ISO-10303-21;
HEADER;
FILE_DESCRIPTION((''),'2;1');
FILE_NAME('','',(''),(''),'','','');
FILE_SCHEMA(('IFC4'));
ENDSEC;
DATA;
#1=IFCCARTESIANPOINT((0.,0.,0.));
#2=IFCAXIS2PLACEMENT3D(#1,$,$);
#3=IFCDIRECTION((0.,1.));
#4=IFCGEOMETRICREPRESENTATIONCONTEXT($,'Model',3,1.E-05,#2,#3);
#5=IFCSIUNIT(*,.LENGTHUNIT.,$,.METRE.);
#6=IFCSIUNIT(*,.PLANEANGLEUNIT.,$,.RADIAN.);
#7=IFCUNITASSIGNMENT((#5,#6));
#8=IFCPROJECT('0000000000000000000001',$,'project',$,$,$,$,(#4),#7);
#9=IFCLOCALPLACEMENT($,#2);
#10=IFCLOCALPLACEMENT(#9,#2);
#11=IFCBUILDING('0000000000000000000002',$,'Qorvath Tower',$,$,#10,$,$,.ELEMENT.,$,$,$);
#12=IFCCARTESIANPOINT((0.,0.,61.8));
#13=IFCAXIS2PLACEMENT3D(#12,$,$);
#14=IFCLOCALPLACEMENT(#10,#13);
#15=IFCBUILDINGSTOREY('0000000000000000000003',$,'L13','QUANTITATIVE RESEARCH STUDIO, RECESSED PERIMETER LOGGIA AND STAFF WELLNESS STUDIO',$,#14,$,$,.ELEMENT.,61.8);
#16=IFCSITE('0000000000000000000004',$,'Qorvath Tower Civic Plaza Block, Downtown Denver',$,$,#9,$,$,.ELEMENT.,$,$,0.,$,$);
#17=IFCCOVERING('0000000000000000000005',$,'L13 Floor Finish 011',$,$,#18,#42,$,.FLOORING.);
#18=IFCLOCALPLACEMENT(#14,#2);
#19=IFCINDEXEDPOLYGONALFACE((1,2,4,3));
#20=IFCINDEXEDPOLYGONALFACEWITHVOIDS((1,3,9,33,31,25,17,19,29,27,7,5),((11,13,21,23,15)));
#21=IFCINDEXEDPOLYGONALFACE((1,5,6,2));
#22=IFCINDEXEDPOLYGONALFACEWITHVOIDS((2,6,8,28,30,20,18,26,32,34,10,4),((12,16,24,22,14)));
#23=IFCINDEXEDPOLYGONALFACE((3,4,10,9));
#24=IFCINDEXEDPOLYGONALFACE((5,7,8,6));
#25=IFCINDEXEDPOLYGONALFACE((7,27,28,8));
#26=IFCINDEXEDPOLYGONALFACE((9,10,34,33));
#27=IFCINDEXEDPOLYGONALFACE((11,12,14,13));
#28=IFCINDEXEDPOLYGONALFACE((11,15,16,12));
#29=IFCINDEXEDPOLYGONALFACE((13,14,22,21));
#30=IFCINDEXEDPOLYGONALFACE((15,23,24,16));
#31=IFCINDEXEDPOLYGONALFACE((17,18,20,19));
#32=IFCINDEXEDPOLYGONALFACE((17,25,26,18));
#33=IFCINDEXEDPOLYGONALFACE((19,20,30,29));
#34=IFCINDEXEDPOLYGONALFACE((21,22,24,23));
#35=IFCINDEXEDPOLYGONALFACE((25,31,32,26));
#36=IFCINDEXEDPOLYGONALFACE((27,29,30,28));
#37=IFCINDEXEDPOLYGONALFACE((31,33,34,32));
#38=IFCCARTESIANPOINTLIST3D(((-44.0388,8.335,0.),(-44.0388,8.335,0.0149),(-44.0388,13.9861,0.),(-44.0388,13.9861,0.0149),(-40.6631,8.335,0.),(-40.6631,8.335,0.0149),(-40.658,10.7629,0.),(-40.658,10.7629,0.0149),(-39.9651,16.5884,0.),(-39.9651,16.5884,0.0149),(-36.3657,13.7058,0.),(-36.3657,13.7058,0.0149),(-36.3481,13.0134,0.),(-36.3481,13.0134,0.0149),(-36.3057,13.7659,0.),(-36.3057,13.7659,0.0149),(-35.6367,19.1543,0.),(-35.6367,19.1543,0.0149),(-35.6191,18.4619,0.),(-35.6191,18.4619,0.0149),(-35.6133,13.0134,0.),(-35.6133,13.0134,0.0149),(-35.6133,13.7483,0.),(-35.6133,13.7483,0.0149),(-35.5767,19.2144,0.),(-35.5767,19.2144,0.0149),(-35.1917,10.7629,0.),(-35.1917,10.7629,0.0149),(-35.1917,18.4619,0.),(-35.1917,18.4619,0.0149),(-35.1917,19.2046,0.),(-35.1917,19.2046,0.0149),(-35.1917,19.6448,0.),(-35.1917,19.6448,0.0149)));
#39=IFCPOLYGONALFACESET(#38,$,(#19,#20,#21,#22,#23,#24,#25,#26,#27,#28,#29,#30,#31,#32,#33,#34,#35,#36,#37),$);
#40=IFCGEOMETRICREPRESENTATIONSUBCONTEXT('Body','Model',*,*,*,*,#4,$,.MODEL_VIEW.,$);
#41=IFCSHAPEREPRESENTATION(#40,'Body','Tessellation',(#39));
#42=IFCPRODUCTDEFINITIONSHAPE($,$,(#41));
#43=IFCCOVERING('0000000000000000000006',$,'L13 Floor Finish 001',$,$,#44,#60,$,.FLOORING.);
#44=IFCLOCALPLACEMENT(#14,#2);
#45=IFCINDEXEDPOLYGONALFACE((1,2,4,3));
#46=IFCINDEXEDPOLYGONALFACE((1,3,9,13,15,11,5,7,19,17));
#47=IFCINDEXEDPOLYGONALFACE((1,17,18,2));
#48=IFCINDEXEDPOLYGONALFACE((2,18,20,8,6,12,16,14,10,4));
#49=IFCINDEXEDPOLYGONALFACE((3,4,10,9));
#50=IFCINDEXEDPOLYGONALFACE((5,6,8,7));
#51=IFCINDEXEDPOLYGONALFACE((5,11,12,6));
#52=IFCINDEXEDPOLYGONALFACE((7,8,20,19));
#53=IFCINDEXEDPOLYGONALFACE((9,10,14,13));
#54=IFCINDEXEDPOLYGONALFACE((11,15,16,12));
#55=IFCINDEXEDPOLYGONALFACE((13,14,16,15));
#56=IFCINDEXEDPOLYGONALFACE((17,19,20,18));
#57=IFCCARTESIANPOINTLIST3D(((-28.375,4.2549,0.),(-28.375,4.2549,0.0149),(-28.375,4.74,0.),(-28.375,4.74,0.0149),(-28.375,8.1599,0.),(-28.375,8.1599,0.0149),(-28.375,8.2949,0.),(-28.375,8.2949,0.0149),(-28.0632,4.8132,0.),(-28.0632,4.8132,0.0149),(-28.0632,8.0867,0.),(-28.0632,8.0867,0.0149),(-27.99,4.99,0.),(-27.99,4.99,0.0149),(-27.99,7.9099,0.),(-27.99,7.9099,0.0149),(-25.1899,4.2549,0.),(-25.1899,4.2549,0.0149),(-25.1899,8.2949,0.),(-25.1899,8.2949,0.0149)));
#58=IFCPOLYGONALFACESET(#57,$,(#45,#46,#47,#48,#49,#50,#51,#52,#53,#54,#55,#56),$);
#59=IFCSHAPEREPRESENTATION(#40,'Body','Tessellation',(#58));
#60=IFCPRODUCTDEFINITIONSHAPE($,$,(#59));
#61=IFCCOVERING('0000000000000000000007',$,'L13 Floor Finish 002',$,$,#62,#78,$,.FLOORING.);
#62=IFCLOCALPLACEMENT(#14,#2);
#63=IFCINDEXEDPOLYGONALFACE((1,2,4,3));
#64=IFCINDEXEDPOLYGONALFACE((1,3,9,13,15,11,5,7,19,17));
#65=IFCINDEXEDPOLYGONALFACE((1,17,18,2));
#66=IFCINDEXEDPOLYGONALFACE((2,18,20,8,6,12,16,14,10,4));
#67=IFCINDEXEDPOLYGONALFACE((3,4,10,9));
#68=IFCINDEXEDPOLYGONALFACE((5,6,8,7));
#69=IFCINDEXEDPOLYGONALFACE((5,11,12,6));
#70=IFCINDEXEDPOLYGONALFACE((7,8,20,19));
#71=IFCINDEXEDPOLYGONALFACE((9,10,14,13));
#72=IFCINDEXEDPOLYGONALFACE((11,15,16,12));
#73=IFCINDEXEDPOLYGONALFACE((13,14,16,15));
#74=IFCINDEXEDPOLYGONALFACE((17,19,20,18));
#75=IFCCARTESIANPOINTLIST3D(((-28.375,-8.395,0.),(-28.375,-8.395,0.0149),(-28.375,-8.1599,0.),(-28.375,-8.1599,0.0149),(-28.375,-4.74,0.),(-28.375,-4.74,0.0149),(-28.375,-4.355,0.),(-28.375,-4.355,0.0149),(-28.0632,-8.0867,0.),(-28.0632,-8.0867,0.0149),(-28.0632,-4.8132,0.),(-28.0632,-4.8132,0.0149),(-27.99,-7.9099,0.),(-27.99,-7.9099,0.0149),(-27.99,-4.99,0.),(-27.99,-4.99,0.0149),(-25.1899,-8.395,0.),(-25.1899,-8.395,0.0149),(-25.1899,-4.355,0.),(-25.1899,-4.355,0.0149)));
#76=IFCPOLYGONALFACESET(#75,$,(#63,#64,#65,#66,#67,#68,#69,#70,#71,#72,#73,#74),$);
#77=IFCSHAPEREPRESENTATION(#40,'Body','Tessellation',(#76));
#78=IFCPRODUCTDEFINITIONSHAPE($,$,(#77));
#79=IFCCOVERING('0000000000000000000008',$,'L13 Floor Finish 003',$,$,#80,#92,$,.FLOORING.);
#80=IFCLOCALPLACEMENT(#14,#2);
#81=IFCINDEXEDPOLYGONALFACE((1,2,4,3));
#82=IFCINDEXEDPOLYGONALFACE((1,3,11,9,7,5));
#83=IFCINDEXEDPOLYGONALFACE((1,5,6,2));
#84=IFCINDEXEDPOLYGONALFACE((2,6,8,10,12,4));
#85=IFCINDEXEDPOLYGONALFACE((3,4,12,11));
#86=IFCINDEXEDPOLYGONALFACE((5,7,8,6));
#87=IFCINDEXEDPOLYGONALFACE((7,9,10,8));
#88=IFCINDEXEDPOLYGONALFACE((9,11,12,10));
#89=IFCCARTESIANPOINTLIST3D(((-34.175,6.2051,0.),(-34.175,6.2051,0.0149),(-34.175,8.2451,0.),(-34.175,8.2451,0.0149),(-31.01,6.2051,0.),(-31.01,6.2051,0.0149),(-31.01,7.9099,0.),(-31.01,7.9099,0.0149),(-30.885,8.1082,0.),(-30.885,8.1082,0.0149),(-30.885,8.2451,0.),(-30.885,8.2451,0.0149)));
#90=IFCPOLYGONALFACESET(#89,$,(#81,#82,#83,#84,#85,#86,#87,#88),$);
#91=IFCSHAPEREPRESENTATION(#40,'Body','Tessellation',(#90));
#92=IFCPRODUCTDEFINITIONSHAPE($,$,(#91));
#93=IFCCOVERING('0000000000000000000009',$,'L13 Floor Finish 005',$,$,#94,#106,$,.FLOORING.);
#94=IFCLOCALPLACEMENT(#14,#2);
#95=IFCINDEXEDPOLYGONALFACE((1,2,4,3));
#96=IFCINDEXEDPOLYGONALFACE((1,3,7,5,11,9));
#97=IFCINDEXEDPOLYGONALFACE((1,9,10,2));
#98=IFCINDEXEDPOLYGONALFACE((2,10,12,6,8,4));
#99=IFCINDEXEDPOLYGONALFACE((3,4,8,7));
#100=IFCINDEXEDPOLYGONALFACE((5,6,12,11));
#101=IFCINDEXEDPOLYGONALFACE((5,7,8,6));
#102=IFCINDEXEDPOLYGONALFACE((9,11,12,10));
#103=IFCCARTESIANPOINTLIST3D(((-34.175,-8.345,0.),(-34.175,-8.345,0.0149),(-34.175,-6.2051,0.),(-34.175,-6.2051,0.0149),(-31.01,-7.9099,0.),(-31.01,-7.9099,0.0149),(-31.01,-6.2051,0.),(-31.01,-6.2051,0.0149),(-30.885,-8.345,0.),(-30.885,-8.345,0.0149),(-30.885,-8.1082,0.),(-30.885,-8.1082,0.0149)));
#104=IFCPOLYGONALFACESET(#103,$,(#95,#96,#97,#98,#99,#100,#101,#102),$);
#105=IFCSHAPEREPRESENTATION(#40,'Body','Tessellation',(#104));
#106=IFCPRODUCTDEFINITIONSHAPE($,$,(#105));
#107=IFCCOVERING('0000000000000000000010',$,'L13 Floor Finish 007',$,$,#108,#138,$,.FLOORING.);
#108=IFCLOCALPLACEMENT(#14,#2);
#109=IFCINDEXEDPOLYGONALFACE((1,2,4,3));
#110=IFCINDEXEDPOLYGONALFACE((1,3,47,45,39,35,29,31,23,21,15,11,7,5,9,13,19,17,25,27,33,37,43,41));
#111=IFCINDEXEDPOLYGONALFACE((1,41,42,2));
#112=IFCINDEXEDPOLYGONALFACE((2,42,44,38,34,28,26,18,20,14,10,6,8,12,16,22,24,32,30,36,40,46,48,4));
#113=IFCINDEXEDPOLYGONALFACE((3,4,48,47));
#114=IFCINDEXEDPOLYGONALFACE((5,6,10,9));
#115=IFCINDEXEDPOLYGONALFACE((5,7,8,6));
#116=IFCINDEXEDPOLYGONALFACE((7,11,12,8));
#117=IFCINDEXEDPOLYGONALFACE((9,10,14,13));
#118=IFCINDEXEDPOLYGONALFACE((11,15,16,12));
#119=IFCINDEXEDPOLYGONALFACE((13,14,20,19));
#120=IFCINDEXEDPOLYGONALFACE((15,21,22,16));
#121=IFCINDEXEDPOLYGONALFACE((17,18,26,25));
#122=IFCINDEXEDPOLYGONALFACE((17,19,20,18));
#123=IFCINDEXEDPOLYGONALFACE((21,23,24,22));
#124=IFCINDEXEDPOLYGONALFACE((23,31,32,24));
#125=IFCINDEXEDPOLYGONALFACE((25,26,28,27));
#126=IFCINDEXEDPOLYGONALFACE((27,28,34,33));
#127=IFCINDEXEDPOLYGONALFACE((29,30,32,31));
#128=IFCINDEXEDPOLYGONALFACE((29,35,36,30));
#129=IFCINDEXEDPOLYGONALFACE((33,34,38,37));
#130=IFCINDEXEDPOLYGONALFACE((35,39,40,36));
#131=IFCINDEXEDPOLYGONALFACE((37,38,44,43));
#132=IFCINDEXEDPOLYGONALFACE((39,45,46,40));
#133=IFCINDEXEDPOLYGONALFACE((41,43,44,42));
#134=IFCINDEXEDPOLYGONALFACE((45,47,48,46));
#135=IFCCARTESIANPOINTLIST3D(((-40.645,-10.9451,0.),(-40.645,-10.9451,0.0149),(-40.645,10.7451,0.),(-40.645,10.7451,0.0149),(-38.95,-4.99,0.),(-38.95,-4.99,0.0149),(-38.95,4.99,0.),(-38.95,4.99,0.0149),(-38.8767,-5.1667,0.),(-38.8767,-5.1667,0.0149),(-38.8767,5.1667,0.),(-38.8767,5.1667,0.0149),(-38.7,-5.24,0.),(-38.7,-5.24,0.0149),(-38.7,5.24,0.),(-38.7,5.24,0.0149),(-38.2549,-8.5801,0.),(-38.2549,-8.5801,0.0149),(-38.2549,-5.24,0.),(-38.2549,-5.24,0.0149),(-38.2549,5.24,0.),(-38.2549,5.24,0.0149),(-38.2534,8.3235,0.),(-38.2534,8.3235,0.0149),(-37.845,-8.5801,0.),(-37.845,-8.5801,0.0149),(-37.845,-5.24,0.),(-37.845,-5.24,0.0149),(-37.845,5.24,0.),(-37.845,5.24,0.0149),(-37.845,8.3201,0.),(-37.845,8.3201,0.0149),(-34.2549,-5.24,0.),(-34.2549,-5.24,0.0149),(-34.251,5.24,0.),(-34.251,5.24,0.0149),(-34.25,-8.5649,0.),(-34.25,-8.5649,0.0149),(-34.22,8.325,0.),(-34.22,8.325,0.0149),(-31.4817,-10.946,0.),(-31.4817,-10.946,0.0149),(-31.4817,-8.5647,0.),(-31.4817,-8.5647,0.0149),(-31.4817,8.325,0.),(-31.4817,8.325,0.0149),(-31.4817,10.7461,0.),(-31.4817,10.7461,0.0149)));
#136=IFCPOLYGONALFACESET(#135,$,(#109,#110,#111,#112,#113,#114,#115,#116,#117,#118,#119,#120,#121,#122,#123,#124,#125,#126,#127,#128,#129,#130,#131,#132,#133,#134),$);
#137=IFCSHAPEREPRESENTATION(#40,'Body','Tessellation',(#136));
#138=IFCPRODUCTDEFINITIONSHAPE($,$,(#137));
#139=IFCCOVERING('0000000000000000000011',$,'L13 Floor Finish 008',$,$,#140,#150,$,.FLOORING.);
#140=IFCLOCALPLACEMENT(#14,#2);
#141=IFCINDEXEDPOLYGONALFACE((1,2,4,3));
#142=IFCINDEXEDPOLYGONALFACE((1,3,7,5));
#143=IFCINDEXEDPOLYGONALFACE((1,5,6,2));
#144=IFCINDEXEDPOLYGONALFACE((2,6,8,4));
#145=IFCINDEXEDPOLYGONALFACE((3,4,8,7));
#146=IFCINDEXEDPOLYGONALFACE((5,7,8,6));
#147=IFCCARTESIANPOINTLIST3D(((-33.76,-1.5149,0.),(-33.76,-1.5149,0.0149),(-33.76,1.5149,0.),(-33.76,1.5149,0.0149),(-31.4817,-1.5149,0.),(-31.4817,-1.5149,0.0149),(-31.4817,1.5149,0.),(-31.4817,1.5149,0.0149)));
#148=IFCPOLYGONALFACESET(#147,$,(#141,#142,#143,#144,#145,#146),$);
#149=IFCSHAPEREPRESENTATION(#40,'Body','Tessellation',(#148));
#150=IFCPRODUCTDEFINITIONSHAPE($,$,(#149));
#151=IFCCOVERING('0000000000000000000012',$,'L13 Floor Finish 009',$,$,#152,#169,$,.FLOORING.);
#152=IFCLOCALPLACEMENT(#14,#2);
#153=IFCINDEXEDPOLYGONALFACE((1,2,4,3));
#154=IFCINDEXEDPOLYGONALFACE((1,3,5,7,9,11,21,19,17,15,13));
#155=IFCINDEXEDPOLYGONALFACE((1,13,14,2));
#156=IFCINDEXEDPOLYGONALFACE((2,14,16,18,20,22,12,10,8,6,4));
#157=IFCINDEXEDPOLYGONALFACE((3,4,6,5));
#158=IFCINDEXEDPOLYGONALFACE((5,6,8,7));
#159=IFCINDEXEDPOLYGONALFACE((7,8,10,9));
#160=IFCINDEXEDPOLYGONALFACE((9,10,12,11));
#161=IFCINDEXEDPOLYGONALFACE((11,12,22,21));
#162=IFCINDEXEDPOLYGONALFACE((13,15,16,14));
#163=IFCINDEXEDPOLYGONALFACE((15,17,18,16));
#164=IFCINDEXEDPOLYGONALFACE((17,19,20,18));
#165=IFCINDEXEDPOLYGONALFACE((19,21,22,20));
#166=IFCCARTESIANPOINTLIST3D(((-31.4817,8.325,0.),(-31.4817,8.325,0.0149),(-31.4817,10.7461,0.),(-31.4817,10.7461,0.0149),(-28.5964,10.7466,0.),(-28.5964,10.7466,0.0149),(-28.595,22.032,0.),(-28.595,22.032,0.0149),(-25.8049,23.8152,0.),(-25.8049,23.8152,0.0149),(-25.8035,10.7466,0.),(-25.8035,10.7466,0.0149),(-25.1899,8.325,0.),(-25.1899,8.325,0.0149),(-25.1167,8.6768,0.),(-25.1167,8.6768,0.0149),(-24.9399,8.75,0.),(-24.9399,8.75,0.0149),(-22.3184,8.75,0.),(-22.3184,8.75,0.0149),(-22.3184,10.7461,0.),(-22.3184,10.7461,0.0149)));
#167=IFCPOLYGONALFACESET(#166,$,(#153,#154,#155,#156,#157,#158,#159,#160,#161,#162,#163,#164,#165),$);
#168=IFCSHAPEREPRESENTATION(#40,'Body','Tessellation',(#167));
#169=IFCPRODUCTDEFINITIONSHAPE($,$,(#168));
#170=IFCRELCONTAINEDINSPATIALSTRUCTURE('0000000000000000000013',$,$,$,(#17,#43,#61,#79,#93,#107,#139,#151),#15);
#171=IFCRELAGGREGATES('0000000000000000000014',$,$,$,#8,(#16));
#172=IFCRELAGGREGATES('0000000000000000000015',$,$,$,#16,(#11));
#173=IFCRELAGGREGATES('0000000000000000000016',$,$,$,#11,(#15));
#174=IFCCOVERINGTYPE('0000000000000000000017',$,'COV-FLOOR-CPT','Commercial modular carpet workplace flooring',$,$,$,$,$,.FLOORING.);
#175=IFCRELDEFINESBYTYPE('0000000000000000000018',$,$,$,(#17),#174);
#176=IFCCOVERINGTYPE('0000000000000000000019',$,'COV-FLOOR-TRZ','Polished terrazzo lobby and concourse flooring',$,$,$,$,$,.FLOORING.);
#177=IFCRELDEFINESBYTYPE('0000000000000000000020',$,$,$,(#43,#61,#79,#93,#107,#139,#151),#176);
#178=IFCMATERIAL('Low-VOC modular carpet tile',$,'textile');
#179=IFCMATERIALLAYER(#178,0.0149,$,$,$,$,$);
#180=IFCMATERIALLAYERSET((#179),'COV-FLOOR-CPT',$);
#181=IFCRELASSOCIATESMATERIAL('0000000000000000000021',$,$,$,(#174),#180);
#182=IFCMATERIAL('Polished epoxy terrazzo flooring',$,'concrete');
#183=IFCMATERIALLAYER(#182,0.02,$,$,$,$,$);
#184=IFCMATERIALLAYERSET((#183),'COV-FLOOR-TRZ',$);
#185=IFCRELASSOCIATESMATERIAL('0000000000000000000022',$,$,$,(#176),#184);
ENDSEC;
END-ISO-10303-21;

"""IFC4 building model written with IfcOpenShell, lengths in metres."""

from ifc_helpers import new_model, si_unit, direction, frame, origin, place, context, subcontext, project, spatial, polyline, outline, extrude, material, layer, layer_set, type_object, element, save


model = new_model("IFC4")

# Units and contexts
model_context = context("Model", 3, precision=1e-05, world=origin(), true_north=direction((0.0, 1.0)))
body_context = subcontext(model_context, "Body", "Model", "MODEL_VIEW")
ifc_project = project(units=[si_unit("LENGTHUNIT", "METRE"), si_unit("PLANEANGLEUNIT", "RADIAN")], contexts=[model_context])

# Site, building, storey
site_placement = place(None, origin())
site = spatial("IfcSite", under=ifc_project, at=site_placement, Name="Qorvath Tower Civic Plaza Block, Downtown Denver", CompositionType="ELEMENT", RefElevation=0.0)
building_placement = place(site_placement, origin())
building = spatial("IfcBuilding", under=site, at=building_placement, Name="Qorvath Tower", CompositionType="ELEMENT")
storey_placement = place(building_placement, frame((0.0, 0.0, 61.8)))
storey = spatial("IfcBuildingStorey", under=building, at=storey_placement, Name="L13", Description="QUANTITATIVE RESEARCH STUDIO, RECESSED PERIMETER LOGGIA AND STAFF WELLNESS STUDIO", CompositionType="ELEMENT", Elevation=61.8)

# Coverings
ifc_material_1 = material(Name="Low-VOC modular carpet tile", Category="textile")
ifc_layer_1 = layer(ifc_material_1, 0.0149)
ifc_layer_set_1 = layer_set([ifc_layer_1], Name="COV-FLOOR-CPT")
covering_type_1 = type_object("IfcCoveringType", Name="COV-FLOOR-CPT", Description="Commercial modular carpet workplace flooring", PredefinedType="FLOORING", material=ifc_layer_set_1)
covering_1_placement = place(storey_placement, origin())
element("IfcCovering", 1, at=covering_1_placement, inside=storey, type_object=covering_type_1, Name="L13 Floor Finish 011", PredefinedType="FLOORING", context=body_context, shape_type="SweptSolid", body=[
    extrude(outline(polyline([(-44.0388, 13.9861), (-44.0388, 8.335), (-40.6631, 8.335), (-40.658, 10.7629), (-35.1917, 10.7629), (-35.1917, 18.4619), (-35.6191, 18.4619), (-35.6367, 19.1543), (-35.5767, 19.2144), (-35.1917, 19.2046), (-35.1917, 19.6448), (-39.9651, 16.5884), (-44.0388, 13.9861)]), holes=[polyline([(-36.3657, 13.7058), (-36.3057, 13.7659), (-35.6133, 13.7483), (-35.6133, 13.0134), (-36.3481, 13.0134), (-36.3657, 13.7058)])]), origin(), (0.0, 0.0, 1.0), 0.0149),
])
ifc_material_2 = material(Name="Polished epoxy terrazzo flooring", Category="concrete")
ifc_layer_2 = layer(ifc_material_2, 0.02)
ifc_layer_set_2 = layer_set([ifc_layer_2], Name="COV-FLOOR-TRZ")
covering_type_2 = type_object("IfcCoveringType", Name="COV-FLOOR-TRZ", Description="Polished terrazzo lobby and concourse flooring", PredefinedType="FLOORING", material=ifc_layer_set_2)
covering_2_placement = place(storey_placement, origin())
element("IfcCovering", 2, at=covering_2_placement, inside=storey, type_object=covering_type_2, Name="L13 Floor Finish 001", PredefinedType="FLOORING", context=body_context, shape_type="SweptSolid", body=[
    extrude(outline(polyline([(-25.1899, 4.2549), (-25.1899, 8.2949), (-28.375, 8.2949), (-28.375, 8.1599), (-28.0632, 8.0867), (-27.99, 7.9099), (-27.99, 4.99), (-28.0632, 4.8132), (-28.375, 4.74), (-28.375, 4.2549), (-25.1899, 4.2549)])), origin(), (0.0, 0.0, 1.0), 0.0149),
])
covering_3_placement = place(storey_placement, origin())
element("IfcCovering", 3, at=covering_3_placement, inside=storey, type_object=covering_type_2, Name="L13 Floor Finish 002", PredefinedType="FLOORING", context=body_context, shape_type="SweptSolid", body=[
    extrude(outline(polyline([(-25.1899, -8.395), (-25.1899, -4.355), (-28.375, -4.355), (-28.375, -4.74), (-28.0632, -4.8132), (-27.99, -4.99), (-27.99, -7.9099), (-28.0632, -8.0867), (-28.375, -8.1599), (-28.375, -8.395), (-25.1899, -8.395)])), origin(), (0.0, 0.0, 1.0), 0.0149),
])
covering_4_placement = place(storey_placement, origin())
element("IfcCovering", 4, at=covering_4_placement, inside=storey, type_object=covering_type_2, Name="L13 Floor Finish 003", PredefinedType="FLOORING", context=body_context, shape_type="SweptSolid", body=[
    extrude(outline(polyline([(-31.01, 6.2051), (-31.01, 7.9099), (-30.885, 8.1082), (-30.885, 8.2451), (-34.175, 8.2451), (-34.175, 6.2051), (-31.01, 6.2051)])), origin(), (0.0, 0.0, 1.0), 0.0149),
])
covering_5_placement = place(storey_placement, origin())
element("IfcCovering", 5, at=covering_5_placement, inside=storey, type_object=covering_type_2, Name="L13 Floor Finish 005", PredefinedType="FLOORING", context=body_context, shape_type="SweptSolid", body=[
    extrude(outline(polyline([(-30.885, -8.345), (-30.885, -8.1082), (-31.01, -7.9099), (-31.01, -6.2051), (-34.175, -6.2051), (-34.175, -8.345), (-30.885, -8.345)])), origin(), (0.0, 0.0, 1.0), 0.0149),
])
covering_6_placement = place(storey_placement, origin())
element("IfcCovering", 6, at=covering_6_placement, inside=storey, type_object=covering_type_2, Name="L13 Floor Finish 007", PredefinedType="FLOORING", context=body_context, shape_type="SweptSolid", body=[
    extrude(outline(polyline([(-31.4817, -10.946), (-31.4817, -8.5647), (-34.25, -8.5649), (-34.2549, -5.24), (-37.845, -5.24), (-37.845, -8.5801), (-38.2549, -8.5801), (-38.2549, -5.24), (-38.7, -5.24), (-38.8767, -5.1667), (-38.95, -4.99), (-38.95, 4.99), (-38.8767, 5.1667), (-38.7, 5.24), (-38.2549, 5.24), (-38.2534, 8.3235), (-37.845, 8.3201), (-37.845, 5.24), (-34.251, 5.24), (-34.22, 8.325), (-31.4817, 8.325), (-31.4817, 10.7461), (-40.645, 10.7451), (-40.645, -10.9451), (-31.4817, -10.946)])), origin(), (0.0, 0.0, 1.0), 0.0149),
])
covering_7_placement = place(storey_placement, origin())
element("IfcCovering", 7, at=covering_7_placement, inside=storey, type_object=covering_type_2, Name="L13 Floor Finish 008", PredefinedType="FLOORING", context=body_context, shape_type="SweptSolid", body=[
    extrude(outline(polyline([(-31.4817, -1.5149), (-31.4817, 1.5149), (-33.76, 1.5149), (-33.76, -1.5149), (-31.4817, -1.5149)])), origin(), (0.0, 0.0, 1.0), 0.0149),
])
covering_8_placement = place(storey_placement, origin())
element("IfcCovering", 8, at=covering_8_placement, inside=storey, type_object=covering_type_2, Name="L13 Floor Finish 009", PredefinedType="FLOORING", context=body_context, shape_type="SweptSolid", body=[
    extrude(outline(polyline([(-31.4817, 10.7461), (-31.4817, 8.325), (-25.1899, 8.325), (-25.1167, 8.6768), (-24.9399, 8.75), (-22.3184, 8.75), (-22.3184, 10.7461), (-25.8035, 10.7466), (-25.8049, 23.8152), (-28.595, 22.032), (-28.5964, 10.7466), (-31.4817, 10.7461)])), origin(), (0.0, 0.0, 1.0), 0.0149),
])

save(model, "model.ifc")
